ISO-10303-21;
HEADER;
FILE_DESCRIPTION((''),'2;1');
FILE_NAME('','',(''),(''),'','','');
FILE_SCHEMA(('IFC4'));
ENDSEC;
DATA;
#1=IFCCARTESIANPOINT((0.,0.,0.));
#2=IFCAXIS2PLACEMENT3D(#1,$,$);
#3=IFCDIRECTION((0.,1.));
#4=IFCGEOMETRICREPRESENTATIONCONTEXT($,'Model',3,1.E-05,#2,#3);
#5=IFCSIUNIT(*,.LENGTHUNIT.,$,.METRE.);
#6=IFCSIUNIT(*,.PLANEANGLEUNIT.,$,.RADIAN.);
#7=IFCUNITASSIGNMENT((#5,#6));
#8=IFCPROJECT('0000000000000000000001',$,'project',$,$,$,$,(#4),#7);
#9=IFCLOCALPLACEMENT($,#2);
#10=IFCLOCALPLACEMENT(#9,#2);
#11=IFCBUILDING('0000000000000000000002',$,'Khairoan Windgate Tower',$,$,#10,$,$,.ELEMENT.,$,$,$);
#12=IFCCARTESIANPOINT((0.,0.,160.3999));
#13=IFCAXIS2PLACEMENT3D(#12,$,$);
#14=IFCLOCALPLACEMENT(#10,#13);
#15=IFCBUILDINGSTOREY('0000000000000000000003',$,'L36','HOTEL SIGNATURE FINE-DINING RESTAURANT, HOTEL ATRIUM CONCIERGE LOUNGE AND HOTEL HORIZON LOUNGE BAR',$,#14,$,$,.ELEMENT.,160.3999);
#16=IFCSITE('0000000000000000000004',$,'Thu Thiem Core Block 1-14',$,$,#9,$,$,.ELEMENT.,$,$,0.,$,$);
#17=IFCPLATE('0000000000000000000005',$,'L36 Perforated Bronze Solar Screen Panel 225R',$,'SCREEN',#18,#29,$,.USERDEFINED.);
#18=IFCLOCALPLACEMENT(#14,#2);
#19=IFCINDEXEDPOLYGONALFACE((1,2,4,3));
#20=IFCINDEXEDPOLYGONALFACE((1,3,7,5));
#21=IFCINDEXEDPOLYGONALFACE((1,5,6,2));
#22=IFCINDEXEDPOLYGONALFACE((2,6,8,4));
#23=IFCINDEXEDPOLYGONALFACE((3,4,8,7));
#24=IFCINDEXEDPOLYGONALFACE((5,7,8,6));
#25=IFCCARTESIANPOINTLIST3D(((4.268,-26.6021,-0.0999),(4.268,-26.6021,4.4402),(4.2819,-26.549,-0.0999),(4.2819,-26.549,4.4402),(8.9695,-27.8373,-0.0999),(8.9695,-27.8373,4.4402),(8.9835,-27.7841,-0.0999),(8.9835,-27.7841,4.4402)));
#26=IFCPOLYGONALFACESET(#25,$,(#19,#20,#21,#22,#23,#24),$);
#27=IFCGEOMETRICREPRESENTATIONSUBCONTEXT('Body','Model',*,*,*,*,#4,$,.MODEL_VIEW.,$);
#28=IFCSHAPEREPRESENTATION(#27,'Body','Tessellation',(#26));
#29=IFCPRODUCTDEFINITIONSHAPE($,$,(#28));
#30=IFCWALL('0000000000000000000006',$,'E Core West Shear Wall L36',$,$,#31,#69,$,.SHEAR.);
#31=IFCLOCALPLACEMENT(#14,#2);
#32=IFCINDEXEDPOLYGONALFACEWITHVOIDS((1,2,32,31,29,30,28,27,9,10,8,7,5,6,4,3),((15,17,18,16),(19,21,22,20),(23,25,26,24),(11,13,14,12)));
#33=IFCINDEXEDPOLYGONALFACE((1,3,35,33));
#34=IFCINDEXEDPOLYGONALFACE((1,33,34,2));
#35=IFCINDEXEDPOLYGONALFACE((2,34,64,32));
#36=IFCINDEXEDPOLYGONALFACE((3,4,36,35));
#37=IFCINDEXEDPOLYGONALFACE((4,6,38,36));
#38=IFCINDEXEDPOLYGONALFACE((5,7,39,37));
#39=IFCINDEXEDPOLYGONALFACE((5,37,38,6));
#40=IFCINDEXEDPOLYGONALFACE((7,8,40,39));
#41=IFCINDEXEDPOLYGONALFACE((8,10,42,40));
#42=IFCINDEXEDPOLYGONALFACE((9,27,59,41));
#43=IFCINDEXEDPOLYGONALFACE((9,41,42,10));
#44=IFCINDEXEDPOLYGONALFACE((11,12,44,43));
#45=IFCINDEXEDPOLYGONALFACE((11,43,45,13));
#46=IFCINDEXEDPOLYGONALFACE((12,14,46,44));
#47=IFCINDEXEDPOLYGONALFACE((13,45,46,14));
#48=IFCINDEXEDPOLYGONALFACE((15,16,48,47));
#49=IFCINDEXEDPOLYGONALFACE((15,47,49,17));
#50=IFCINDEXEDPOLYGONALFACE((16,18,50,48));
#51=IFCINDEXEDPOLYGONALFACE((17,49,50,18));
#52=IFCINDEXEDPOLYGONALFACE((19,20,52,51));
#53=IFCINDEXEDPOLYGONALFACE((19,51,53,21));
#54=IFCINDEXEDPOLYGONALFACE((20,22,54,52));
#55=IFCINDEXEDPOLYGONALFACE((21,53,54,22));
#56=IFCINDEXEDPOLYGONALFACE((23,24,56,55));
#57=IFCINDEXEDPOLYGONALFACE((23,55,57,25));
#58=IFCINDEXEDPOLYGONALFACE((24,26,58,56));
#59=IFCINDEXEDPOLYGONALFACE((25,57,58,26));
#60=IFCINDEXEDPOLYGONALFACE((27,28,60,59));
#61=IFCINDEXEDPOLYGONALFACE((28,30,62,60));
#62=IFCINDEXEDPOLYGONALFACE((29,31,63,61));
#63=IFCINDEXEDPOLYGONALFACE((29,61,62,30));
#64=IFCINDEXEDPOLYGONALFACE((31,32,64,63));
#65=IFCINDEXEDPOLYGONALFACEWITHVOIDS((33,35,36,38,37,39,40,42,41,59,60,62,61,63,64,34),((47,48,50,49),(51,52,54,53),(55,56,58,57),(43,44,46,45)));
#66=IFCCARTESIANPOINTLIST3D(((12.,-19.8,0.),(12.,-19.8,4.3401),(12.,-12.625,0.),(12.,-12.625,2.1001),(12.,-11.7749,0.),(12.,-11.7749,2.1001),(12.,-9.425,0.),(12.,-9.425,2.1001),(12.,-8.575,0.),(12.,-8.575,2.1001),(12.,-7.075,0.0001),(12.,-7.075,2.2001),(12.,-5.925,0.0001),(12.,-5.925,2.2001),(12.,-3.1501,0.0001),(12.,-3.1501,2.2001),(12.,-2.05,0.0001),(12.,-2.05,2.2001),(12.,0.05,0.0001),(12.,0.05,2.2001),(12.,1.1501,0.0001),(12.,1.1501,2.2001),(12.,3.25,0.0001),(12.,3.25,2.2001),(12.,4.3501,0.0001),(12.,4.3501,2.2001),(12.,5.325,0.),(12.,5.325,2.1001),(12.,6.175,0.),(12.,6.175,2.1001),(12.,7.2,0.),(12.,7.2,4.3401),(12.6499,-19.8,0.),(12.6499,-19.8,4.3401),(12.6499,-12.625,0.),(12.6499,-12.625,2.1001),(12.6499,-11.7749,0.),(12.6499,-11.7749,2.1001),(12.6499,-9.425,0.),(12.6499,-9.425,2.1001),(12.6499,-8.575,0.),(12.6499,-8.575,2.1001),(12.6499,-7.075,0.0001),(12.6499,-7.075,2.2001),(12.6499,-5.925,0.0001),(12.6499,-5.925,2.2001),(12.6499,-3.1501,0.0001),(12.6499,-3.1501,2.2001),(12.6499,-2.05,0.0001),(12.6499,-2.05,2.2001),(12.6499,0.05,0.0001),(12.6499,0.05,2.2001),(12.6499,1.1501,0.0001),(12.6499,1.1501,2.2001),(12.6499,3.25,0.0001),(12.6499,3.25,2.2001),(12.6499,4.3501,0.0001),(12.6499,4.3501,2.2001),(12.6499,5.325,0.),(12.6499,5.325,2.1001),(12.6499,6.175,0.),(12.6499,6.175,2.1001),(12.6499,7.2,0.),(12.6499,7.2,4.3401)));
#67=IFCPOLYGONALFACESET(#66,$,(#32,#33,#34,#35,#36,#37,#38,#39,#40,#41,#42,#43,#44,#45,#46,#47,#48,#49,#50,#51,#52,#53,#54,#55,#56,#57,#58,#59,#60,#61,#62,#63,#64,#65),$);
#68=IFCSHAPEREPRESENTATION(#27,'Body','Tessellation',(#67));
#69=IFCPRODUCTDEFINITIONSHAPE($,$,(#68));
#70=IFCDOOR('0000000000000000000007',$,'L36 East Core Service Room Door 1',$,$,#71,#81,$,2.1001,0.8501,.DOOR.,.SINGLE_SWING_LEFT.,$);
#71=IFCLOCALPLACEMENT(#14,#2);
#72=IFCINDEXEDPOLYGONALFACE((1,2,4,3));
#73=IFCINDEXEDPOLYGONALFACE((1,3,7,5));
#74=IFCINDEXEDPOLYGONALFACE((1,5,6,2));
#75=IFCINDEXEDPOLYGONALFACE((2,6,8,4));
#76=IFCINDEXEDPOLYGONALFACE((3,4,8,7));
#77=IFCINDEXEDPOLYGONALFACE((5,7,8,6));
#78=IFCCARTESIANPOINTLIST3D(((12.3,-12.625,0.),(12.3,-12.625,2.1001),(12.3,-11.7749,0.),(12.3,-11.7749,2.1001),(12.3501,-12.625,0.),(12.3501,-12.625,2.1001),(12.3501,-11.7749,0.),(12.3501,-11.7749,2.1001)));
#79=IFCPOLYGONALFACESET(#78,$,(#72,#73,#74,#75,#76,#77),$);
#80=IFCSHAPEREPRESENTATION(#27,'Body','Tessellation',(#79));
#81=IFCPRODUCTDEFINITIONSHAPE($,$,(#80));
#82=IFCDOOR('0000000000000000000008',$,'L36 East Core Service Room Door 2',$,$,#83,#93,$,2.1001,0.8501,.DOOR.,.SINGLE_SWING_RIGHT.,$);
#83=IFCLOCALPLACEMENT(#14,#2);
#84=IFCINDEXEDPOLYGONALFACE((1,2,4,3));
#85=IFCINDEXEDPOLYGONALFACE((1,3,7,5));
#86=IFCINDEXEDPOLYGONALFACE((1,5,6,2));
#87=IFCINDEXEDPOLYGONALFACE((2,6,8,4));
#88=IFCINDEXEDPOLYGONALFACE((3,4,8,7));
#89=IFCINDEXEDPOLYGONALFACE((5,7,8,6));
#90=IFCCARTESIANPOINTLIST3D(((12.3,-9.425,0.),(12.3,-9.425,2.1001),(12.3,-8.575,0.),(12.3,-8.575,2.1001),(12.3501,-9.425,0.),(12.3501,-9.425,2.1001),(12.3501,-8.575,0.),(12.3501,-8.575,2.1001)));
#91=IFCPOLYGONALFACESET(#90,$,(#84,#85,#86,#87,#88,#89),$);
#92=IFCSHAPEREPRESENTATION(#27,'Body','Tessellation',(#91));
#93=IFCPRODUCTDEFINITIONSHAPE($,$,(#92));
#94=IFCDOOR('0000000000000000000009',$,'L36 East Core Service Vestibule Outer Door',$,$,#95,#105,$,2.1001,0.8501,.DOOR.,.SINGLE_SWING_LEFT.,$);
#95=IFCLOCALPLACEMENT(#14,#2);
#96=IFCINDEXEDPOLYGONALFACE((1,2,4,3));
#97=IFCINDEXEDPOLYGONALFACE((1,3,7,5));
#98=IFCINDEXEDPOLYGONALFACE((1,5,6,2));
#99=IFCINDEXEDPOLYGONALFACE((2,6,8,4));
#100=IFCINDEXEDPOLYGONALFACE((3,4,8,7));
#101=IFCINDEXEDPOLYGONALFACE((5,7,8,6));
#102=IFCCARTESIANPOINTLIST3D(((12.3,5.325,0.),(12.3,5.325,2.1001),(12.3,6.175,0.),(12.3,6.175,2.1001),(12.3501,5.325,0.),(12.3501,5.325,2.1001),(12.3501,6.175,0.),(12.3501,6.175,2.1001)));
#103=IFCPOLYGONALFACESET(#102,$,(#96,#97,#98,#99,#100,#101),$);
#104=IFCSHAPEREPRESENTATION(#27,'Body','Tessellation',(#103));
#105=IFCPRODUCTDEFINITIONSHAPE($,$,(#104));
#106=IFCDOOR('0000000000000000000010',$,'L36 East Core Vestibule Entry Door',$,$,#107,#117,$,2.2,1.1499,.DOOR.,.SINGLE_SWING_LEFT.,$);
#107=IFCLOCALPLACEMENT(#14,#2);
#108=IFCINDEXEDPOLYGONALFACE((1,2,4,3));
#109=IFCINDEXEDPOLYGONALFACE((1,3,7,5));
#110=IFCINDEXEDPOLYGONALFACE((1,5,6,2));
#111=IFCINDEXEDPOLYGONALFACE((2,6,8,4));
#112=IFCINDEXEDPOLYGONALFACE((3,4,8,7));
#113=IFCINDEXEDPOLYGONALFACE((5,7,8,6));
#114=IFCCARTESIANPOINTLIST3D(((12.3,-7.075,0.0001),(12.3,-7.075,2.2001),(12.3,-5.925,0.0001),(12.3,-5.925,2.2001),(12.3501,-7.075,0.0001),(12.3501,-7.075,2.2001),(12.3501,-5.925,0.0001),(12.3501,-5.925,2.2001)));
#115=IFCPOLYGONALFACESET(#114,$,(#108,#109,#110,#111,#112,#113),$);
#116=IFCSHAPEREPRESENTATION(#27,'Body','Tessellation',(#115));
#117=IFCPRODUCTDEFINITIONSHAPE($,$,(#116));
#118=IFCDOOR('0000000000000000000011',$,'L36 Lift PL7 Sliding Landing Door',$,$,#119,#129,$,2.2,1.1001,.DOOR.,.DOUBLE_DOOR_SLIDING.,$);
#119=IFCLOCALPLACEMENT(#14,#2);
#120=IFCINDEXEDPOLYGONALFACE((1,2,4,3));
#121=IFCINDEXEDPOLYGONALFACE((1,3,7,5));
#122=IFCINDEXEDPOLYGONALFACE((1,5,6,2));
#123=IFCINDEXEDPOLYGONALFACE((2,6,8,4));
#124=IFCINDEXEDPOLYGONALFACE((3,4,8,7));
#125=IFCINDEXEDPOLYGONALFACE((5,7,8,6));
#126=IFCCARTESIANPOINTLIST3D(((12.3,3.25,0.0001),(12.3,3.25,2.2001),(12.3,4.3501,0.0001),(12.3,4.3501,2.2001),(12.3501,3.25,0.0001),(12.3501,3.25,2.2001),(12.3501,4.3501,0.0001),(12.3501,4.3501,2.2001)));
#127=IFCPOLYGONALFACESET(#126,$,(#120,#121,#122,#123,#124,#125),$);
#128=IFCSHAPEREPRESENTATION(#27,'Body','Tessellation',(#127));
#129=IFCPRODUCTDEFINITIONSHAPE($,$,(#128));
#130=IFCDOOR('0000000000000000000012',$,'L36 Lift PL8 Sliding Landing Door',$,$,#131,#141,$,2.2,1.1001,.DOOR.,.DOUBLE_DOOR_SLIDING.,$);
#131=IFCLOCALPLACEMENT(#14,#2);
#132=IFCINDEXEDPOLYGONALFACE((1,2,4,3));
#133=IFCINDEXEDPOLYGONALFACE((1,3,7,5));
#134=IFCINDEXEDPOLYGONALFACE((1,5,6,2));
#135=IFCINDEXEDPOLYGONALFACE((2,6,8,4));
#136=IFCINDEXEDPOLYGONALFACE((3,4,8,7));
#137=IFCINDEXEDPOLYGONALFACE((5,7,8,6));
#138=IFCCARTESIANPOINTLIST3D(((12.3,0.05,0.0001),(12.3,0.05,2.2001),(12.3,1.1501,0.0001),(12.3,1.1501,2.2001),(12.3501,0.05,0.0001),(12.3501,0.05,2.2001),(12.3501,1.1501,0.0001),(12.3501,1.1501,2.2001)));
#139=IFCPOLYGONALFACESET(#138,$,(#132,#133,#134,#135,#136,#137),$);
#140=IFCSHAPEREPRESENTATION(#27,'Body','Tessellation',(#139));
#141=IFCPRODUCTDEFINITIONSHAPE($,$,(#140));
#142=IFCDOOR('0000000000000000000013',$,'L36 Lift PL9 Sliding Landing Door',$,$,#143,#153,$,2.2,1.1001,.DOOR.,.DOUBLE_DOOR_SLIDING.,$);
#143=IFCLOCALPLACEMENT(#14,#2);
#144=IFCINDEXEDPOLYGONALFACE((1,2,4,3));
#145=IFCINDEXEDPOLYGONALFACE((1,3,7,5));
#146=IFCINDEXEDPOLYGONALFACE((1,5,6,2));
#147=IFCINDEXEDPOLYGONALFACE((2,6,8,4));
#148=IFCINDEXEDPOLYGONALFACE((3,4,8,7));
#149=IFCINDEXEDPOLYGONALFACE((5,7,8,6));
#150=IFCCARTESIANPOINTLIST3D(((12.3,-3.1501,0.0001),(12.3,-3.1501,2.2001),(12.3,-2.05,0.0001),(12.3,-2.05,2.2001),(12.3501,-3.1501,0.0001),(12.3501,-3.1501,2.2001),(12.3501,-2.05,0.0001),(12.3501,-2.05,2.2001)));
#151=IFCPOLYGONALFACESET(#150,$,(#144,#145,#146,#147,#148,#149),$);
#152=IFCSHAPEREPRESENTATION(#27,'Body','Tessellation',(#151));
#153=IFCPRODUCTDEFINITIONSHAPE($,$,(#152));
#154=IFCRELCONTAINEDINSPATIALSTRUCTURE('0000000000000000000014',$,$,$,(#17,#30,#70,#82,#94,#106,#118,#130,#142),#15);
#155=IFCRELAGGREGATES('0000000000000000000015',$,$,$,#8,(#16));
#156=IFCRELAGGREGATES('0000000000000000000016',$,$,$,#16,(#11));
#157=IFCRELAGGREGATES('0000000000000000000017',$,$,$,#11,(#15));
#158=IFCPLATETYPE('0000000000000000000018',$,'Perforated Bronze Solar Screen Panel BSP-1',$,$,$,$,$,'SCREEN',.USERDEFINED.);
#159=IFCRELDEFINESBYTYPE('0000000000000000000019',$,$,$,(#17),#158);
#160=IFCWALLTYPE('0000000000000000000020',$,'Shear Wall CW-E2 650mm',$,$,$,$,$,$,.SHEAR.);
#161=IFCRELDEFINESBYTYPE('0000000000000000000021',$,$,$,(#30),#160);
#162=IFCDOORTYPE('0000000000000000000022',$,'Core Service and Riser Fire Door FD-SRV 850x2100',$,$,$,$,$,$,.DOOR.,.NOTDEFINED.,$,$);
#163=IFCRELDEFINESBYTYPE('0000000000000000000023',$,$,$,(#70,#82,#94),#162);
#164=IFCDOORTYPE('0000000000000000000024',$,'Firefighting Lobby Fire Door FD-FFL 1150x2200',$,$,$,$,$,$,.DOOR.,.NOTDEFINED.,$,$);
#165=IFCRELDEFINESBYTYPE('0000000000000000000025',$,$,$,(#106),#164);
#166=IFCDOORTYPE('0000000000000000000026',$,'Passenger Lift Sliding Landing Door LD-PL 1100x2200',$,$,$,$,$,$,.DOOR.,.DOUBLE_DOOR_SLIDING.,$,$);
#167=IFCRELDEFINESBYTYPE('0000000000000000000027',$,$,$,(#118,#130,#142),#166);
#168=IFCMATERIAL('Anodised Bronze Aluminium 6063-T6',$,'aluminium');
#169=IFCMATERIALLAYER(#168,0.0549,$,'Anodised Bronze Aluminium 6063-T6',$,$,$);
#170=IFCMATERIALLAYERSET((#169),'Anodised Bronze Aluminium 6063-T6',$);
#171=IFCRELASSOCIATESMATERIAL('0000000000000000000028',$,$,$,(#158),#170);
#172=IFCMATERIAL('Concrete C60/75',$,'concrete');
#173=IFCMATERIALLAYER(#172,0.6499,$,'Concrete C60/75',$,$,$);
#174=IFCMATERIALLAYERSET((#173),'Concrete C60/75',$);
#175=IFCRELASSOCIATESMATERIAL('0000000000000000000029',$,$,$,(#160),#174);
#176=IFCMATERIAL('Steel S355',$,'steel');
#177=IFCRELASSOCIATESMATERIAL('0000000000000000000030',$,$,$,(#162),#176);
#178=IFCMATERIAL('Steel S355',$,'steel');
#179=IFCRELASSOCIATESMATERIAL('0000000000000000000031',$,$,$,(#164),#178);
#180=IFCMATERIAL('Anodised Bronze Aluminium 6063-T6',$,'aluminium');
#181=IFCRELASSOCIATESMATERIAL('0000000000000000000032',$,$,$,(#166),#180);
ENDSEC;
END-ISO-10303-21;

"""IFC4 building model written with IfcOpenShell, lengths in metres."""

from ifc_helpers import new_model, si_unit, direction, frame, frame_2d, origin, origin_2d, place, context, subcontext, project, spatial, rectangle, extrude, material, layer, layer_set, type_object, element, fill, save


model = new_model("IFC4")

# Units and contexts
model_context = context("Model", 3, precision=1e-05, world=origin(), true_north=direction((0.0, 1.0)))
body_context = subcontext(model_context, "Body", "Model", "MODEL_VIEW")
ifc_project = project(units=[si_unit("LENGTHUNIT", "METRE"), si_unit("PLANEANGLEUNIT", "RADIAN")], contexts=[model_context])

# Site, building, storey
site_placement = place(None, origin())
site = spatial("IfcSite", under=ifc_project, at=site_placement, Name="Thu Thiem Core Block 1-14", CompositionType="ELEMENT", RefElevation=0.0)
building_placement = place(site_placement, origin())
building = spatial("IfcBuilding", under=site, at=building_placement, Name="Khairoan Windgate Tower", CompositionType="ELEMENT")
storey_placement = place(building_placement, frame((0.0, 0.0, 160.3999)))
storey = spatial("IfcBuildingStorey", under=building, at=storey_placement, Name="L36", Description="HOTEL SIGNATURE FINE-DINING RESTAURANT, HOTEL ATRIUM CONCIERGE LOUNGE AND HOTEL HORIZON LOUNGE BAR", CompositionType="ELEMENT", Elevation=160.3999)

# Plate
ifc_material_1 = material(Name="Anodised Bronze Aluminium 6063-T6", Category="aluminium")
ifc_layer_1 = layer(ifc_material_1, 0.0549, Name="Anodised Bronze Aluminium 6063-T6")
ifc_layer_set_1 = layer_set([ifc_layer_1], Name="Anodised Bronze Aluminium 6063-T6")
plate_type = type_object("IfcPlateType", Name="Perforated Bronze Solar Screen Panel BSP-1", ElementType="SCREEN", PredefinedType="USERDEFINED", material=ifc_layer_set_1)
plate_placement = place(storey_placement, frame((6.6257, -27.1931, -0.0999), z_axis=(0.0, 0.0, 1.0), x_axis=(-0.967179, 0.254096, 0.0)))
element("IfcPlate", 1, at=plate_placement, inside=storey, type_object=plate_type, Name="L36 Perforated Bronze Solar Screen Panel 225R", ObjectType="SCREEN", PredefinedType="USERDEFINED", context=body_context, shape_type="SweptSolid", body=[
    extrude(rectangle(XDim=4.8611, YDim=0.0549, at=origin_2d()), origin(), (0.0, 0.0, 1.0), 4.54),
])

# Wall, openings, doors
ifc_material_2 = material(Name="Concrete C60/75", Category="concrete")
ifc_layer_2 = layer(ifc_material_2, 0.6499, Name="Concrete C60/75")
ifc_layer_set_2 = layer_set([ifc_layer_2], Name="Concrete C60/75")
wall_type_1 = type_object("IfcWallType", Name="Shear Wall CW-E2 650mm", PredefinedType="SHEAR", material=ifc_layer_set_2)
wall_1_placement = place(storey_placement, frame((12.325, -19.8, 0.0), z_axis=(0.0, 0.0, 1.0), x_axis=(0.0, 1.0, 0.0)))
wall_1 = element("IfcWall", 2, at=wall_1_placement, inside=storey, type_object=wall_type_1, Name="E Core West Shear Wall L36", PredefinedType="SHEAR", context=body_context, shape_type="SweptSolid", body=[
    extrude(rectangle(XDim=27.0, YDim=0.6499, at=frame_2d((13.5, 0.0))), origin(), (0.0, 0.0, 1.0), 4.3401),
])
opening_1_placement = place(wall_1_placement, frame((23.05, 0.0, 0.0)))
opening_1 = element("IfcOpeningElement", 3, at=opening_1_placement, cuts=wall_1, PredefinedType="OPENING", context=body_context, shape_type="SweptSolid", body=[
    extrude(rectangle(XDim=1.1001, YDim=2.2, at=frame_2d((0.55, 1.1001))), frame((0.0, 0.335, 0.0), z_axis=(0.0, -1.0, 0.0), x_axis=(1.0, 0.0, 0.0)), (0.0, 0.0, 1.0), 0.6699),
])
opening_2_placement = place(wall_1_placement, frame((19.8501, 0.0, 0.0)))
opening_2 = element("IfcOpeningElement", 4, at=opening_2_placement, cuts=wall_1, PredefinedType="OPENING", context=body_context, shape_type="SweptSolid", body=[
    extrude(rectangle(XDim=1.1001, YDim=2.2, at=frame_2d((0.55, 1.1001))), frame((0.0, 0.335, 0.0), z_axis=(0.0, -1.0, 0.0), x_axis=(1.0, 0.0, 0.0)), (0.0, 0.0, 1.0), 0.6699),
])
opening_3_placement = place(wall_1_placement, frame((16.6499, 0.0, 0.0)))
opening_3 = element("IfcOpeningElement", 5, at=opening_3_placement, cuts=wall_1, PredefinedType="OPENING", context=body_context, shape_type="SweptSolid", body=[
    extrude(rectangle(XDim=1.1001, YDim=2.2, at=frame_2d((0.55, 1.1001))), frame((0.0, 0.335, 0.0), z_axis=(0.0, -1.0, 0.0), x_axis=(1.0, 0.0, 0.0)), (0.0, 0.0, 1.0), 0.6699),
])
opening_4_placement = place(wall_1_placement, frame((7.175, 0.0, 0.0)))
opening_4 = element("IfcOpeningElement", 6, at=opening_4_placement, cuts=wall_1, PredefinedType="OPENING", context=body_context, shape_type="SweptSolid", body=[
    extrude(rectangle(XDim=0.8501, YDim=2.1001, at=frame_2d((0.425, 1.05))), frame((0.0, 0.335, 0.0), z_axis=(0.0, -1.0, 0.0), x_axis=(1.0, 0.0, 0.0)), (0.0, 0.0, 1.0), 0.6699),
])
opening_5_placement = place(wall_1_placement, frame((10.375, 0.0, 0.0)))
opening_5 = element("IfcOpeningElement", 7, at=opening_5_placement, cuts=wall_1, PredefinedType="OPENING", context=body_context, shape_type="SweptSolid", body=[
    extrude(rectangle(XDim=0.8501, YDim=2.1001, at=frame_2d((0.425, 1.05))), frame((0.0, 0.335, 0.0), z_axis=(0.0, -1.0, 0.0), x_axis=(1.0, 0.0, 0.0)), (0.0, 0.0, 1.0), 0.6699),
])
opening_6_placement = place(wall_1_placement, frame((12.7251, 0.0, 0.0)))
opening_6 = element("IfcOpeningElement", 8, at=opening_6_placement, cuts=wall_1, PredefinedType="OPENING", context=body_context, shape_type="SweptSolid", body=[
    extrude(rectangle(XDim=1.1499, YDim=2.2, at=frame_2d((0.575, 1.1001))), frame((0.0, 0.335, 0.0), z_axis=(0.0, -1.0, 0.0), x_axis=(1.0, 0.0, 0.0)), (0.0, 0.0, 1.0), 0.6699),
])
opening_7_placement = place(wall_1_placement, frame((25.125, 0.0, 0.0)))
opening_7 = element("IfcOpeningElement", 9, at=opening_7_placement, cuts=wall_1, PredefinedType="OPENING", context=body_context, shape_type="SweptSolid", body=[
    extrude(rectangle(XDim=0.8501, YDim=2.1001, at=frame_2d((0.425, 1.05))), frame((0.0, 0.335, 0.0), z_axis=(0.0, -1.0, 0.0), x_axis=(1.0, 0.0, 0.0)), (0.0, 0.0, 1.0), 0.6699),
])
ifc_material_3 = material(Name="Steel S355", Category="steel")
door_type_1 = type_object("IfcDoorType", Name="Core Service and Riser Fire Door FD-SRV 850x2100", OperationType="NOTDEFINED", PredefinedType="DOOR", material=ifc_material_3)
door_1_placement = place(opening_4_placement, origin())
door_1 = element("IfcDoor", 10, at=door_1_placement, inside=storey, type_object=door_type_1, Name="L36 East Core Service Room Door 1", OperationType="SINGLE_SWING_LEFT", OverallHeight=2.1001, OverallWidth=0.8501, PredefinedType="DOOR", context=body_context, shape_type="SweptSolid", body=[
    extrude(rectangle(XDim=0.8501, YDim=2.1001, at=frame_2d((0.425, 1.05))), frame((0.0, 0.0249, 0.0), z_axis=(0.0, -1.0, 0.0), x_axis=(1.0, 0.0, 0.0)), (0.0, 0.0, 1.0), 0.05),
])
fill(opening_4, door_1)
door_2_placement = place(opening_5_placement, origin())
door_2 = element("IfcDoor", 11, at=door_2_placement, inside=storey, type_object=door_type_1, Name="L36 East Core Service Room Door 2", OperationType="SINGLE_SWING_RIGHT", OverallHeight=2.1001, OverallWidth=0.8501, PredefinedType="DOOR", context=body_context, shape_type="SweptSolid", body=[
    extrude(rectangle(XDim=0.8501, YDim=2.1001, at=frame_2d((0.425, 1.05))), frame((0.0, 0.0249, 0.0), z_axis=(0.0, -1.0, 0.0), x_axis=(1.0, 0.0, 0.0)), (0.0, 0.0, 1.0), 0.05),
])
fill(opening_5, door_2)
door_3_placement = place(opening_7_placement, origin())
door_3 = element("IfcDoor", 12, at=door_3_placement, inside=storey, type_object=door_type_1, Name="L36 East Core Service Vestibule Outer Door", OperationType="SINGLE_SWING_LEFT", OverallHeight=2.1001, OverallWidth=0.8501, PredefinedType="DOOR", context=body_context, shape_type="SweptSolid", body=[
    extrude(rectangle(XDim=0.8501, YDim=2.1001, at=frame_2d((0.425, 1.05))), frame((0.0, 0.0249, 0.0), z_axis=(0.0, -1.0, 0.0), x_axis=(1.0, 0.0, 0.0)), (0.0, 0.0, 1.0), 0.05),
])
fill(opening_7, door_3)
ifc_material_4 = material(Name="Steel S355", Category="steel")
door_type_2 = type_object("IfcDoorType", Name="Firefighting Lobby Fire Door FD-FFL 1150x2200", OperationType="NOTDEFINED", PredefinedType="DOOR", material=ifc_material_4)
door_4_placement = place(opening_6_placement, origin())
door_4 = element("IfcDoor", 13, at=door_4_placement, inside=storey, type_object=door_type_2, Name="L36 East Core Vestibule Entry Door", OperationType="SINGLE_SWING_LEFT", OverallHeight=2.2, OverallWidth=1.1499, PredefinedType="DOOR", context=body_context, shape_type="SweptSolid", body=[
    extrude(rectangle(XDim=1.1499, YDim=2.2, at=frame_2d((0.575, 1.1001))), frame((0.0, 0.0249, 0.0), z_axis=(0.0, -1.0, 0.0), x_axis=(1.0, 0.0, 0.0)), (0.0, 0.0, 1.0), 0.05),
])
fill(opening_6, door_4)
ifc_material_5 = material(Name="Anodised Bronze Aluminium 6063-T6", Category="aluminium")
door_type_3 = type_object("IfcDoorType", Name="Passenger Lift Sliding Landing Door LD-PL 1100x2200", OperationType="DOUBLE_DOOR_SLIDING", PredefinedType="DOOR", material=ifc_material_5)
door_5_placement = place(opening_1_placement, origin())
door_5 = element("IfcDoor", 14, at=door_5_placement, inside=storey, type_object=door_type_3, Name="L36 Lift PL7 Sliding Landing Door", OperationType="DOUBLE_DOOR_SLIDING", OverallHeight=2.2, OverallWidth=1.1001, PredefinedType="DOOR", context=body_context, shape_type="SweptSolid", body=[
    extrude(rectangle(XDim=1.1001, YDim=2.2, at=frame_2d((0.55, 1.1001))), frame((0.0, 0.0249, 0.0), z_axis=(0.0, -1.0, 0.0), x_axis=(1.0, 0.0, 0.0)), (0.0, 0.0, 1.0), 0.05),
])
fill(opening_1, door_5)
door_6_placement = place(opening_2_placement, origin())
door_6 = element("IfcDoor", 15, at=door_6_placement, inside=storey, type_object=door_type_3, Name="L36 Lift PL8 Sliding Landing Door", OperationType="DOUBLE_DOOR_SLIDING", OverallHeight=2.2, OverallWidth=1.1001, PredefinedType="DOOR", context=body_context, shape_type="SweptSolid", body=[
    extrude(rectangle(XDim=1.1001, YDim=2.2, at=frame_2d((0.55, 1.1001))), frame((0.0, 0.0249, 0.0), z_axis=(0.0, -1.0, 0.0), x_axis=(1.0, 0.0, 0.0)), (0.0, 0.0, 1.0), 0.05),
])
fill(opening_2, door_6)
door_7_placement = place(opening_3_placement, origin())
door_7 = element("IfcDoor", 16, at=door_7_placement, inside=storey, type_object=door_type_3, Name="L36 Lift PL9 Sliding Landing Door", OperationType="DOUBLE_DOOR_SLIDING", OverallHeight=2.2, OverallWidth=1.1001, PredefinedType="DOOR", context=body_context, shape_type="SweptSolid", body=[
    extrude(rectangle(XDim=1.1001, YDim=2.2, at=frame_2d((0.55, 1.1001))), frame((0.0, 0.0249, 0.0), z_axis=(0.0, -1.0, 0.0), x_axis=(1.0, 0.0, 0.0)), (0.0, 0.0, 1.0), 0.05),
])
fill(opening_3, door_7)

save(model, "model.ifc")
